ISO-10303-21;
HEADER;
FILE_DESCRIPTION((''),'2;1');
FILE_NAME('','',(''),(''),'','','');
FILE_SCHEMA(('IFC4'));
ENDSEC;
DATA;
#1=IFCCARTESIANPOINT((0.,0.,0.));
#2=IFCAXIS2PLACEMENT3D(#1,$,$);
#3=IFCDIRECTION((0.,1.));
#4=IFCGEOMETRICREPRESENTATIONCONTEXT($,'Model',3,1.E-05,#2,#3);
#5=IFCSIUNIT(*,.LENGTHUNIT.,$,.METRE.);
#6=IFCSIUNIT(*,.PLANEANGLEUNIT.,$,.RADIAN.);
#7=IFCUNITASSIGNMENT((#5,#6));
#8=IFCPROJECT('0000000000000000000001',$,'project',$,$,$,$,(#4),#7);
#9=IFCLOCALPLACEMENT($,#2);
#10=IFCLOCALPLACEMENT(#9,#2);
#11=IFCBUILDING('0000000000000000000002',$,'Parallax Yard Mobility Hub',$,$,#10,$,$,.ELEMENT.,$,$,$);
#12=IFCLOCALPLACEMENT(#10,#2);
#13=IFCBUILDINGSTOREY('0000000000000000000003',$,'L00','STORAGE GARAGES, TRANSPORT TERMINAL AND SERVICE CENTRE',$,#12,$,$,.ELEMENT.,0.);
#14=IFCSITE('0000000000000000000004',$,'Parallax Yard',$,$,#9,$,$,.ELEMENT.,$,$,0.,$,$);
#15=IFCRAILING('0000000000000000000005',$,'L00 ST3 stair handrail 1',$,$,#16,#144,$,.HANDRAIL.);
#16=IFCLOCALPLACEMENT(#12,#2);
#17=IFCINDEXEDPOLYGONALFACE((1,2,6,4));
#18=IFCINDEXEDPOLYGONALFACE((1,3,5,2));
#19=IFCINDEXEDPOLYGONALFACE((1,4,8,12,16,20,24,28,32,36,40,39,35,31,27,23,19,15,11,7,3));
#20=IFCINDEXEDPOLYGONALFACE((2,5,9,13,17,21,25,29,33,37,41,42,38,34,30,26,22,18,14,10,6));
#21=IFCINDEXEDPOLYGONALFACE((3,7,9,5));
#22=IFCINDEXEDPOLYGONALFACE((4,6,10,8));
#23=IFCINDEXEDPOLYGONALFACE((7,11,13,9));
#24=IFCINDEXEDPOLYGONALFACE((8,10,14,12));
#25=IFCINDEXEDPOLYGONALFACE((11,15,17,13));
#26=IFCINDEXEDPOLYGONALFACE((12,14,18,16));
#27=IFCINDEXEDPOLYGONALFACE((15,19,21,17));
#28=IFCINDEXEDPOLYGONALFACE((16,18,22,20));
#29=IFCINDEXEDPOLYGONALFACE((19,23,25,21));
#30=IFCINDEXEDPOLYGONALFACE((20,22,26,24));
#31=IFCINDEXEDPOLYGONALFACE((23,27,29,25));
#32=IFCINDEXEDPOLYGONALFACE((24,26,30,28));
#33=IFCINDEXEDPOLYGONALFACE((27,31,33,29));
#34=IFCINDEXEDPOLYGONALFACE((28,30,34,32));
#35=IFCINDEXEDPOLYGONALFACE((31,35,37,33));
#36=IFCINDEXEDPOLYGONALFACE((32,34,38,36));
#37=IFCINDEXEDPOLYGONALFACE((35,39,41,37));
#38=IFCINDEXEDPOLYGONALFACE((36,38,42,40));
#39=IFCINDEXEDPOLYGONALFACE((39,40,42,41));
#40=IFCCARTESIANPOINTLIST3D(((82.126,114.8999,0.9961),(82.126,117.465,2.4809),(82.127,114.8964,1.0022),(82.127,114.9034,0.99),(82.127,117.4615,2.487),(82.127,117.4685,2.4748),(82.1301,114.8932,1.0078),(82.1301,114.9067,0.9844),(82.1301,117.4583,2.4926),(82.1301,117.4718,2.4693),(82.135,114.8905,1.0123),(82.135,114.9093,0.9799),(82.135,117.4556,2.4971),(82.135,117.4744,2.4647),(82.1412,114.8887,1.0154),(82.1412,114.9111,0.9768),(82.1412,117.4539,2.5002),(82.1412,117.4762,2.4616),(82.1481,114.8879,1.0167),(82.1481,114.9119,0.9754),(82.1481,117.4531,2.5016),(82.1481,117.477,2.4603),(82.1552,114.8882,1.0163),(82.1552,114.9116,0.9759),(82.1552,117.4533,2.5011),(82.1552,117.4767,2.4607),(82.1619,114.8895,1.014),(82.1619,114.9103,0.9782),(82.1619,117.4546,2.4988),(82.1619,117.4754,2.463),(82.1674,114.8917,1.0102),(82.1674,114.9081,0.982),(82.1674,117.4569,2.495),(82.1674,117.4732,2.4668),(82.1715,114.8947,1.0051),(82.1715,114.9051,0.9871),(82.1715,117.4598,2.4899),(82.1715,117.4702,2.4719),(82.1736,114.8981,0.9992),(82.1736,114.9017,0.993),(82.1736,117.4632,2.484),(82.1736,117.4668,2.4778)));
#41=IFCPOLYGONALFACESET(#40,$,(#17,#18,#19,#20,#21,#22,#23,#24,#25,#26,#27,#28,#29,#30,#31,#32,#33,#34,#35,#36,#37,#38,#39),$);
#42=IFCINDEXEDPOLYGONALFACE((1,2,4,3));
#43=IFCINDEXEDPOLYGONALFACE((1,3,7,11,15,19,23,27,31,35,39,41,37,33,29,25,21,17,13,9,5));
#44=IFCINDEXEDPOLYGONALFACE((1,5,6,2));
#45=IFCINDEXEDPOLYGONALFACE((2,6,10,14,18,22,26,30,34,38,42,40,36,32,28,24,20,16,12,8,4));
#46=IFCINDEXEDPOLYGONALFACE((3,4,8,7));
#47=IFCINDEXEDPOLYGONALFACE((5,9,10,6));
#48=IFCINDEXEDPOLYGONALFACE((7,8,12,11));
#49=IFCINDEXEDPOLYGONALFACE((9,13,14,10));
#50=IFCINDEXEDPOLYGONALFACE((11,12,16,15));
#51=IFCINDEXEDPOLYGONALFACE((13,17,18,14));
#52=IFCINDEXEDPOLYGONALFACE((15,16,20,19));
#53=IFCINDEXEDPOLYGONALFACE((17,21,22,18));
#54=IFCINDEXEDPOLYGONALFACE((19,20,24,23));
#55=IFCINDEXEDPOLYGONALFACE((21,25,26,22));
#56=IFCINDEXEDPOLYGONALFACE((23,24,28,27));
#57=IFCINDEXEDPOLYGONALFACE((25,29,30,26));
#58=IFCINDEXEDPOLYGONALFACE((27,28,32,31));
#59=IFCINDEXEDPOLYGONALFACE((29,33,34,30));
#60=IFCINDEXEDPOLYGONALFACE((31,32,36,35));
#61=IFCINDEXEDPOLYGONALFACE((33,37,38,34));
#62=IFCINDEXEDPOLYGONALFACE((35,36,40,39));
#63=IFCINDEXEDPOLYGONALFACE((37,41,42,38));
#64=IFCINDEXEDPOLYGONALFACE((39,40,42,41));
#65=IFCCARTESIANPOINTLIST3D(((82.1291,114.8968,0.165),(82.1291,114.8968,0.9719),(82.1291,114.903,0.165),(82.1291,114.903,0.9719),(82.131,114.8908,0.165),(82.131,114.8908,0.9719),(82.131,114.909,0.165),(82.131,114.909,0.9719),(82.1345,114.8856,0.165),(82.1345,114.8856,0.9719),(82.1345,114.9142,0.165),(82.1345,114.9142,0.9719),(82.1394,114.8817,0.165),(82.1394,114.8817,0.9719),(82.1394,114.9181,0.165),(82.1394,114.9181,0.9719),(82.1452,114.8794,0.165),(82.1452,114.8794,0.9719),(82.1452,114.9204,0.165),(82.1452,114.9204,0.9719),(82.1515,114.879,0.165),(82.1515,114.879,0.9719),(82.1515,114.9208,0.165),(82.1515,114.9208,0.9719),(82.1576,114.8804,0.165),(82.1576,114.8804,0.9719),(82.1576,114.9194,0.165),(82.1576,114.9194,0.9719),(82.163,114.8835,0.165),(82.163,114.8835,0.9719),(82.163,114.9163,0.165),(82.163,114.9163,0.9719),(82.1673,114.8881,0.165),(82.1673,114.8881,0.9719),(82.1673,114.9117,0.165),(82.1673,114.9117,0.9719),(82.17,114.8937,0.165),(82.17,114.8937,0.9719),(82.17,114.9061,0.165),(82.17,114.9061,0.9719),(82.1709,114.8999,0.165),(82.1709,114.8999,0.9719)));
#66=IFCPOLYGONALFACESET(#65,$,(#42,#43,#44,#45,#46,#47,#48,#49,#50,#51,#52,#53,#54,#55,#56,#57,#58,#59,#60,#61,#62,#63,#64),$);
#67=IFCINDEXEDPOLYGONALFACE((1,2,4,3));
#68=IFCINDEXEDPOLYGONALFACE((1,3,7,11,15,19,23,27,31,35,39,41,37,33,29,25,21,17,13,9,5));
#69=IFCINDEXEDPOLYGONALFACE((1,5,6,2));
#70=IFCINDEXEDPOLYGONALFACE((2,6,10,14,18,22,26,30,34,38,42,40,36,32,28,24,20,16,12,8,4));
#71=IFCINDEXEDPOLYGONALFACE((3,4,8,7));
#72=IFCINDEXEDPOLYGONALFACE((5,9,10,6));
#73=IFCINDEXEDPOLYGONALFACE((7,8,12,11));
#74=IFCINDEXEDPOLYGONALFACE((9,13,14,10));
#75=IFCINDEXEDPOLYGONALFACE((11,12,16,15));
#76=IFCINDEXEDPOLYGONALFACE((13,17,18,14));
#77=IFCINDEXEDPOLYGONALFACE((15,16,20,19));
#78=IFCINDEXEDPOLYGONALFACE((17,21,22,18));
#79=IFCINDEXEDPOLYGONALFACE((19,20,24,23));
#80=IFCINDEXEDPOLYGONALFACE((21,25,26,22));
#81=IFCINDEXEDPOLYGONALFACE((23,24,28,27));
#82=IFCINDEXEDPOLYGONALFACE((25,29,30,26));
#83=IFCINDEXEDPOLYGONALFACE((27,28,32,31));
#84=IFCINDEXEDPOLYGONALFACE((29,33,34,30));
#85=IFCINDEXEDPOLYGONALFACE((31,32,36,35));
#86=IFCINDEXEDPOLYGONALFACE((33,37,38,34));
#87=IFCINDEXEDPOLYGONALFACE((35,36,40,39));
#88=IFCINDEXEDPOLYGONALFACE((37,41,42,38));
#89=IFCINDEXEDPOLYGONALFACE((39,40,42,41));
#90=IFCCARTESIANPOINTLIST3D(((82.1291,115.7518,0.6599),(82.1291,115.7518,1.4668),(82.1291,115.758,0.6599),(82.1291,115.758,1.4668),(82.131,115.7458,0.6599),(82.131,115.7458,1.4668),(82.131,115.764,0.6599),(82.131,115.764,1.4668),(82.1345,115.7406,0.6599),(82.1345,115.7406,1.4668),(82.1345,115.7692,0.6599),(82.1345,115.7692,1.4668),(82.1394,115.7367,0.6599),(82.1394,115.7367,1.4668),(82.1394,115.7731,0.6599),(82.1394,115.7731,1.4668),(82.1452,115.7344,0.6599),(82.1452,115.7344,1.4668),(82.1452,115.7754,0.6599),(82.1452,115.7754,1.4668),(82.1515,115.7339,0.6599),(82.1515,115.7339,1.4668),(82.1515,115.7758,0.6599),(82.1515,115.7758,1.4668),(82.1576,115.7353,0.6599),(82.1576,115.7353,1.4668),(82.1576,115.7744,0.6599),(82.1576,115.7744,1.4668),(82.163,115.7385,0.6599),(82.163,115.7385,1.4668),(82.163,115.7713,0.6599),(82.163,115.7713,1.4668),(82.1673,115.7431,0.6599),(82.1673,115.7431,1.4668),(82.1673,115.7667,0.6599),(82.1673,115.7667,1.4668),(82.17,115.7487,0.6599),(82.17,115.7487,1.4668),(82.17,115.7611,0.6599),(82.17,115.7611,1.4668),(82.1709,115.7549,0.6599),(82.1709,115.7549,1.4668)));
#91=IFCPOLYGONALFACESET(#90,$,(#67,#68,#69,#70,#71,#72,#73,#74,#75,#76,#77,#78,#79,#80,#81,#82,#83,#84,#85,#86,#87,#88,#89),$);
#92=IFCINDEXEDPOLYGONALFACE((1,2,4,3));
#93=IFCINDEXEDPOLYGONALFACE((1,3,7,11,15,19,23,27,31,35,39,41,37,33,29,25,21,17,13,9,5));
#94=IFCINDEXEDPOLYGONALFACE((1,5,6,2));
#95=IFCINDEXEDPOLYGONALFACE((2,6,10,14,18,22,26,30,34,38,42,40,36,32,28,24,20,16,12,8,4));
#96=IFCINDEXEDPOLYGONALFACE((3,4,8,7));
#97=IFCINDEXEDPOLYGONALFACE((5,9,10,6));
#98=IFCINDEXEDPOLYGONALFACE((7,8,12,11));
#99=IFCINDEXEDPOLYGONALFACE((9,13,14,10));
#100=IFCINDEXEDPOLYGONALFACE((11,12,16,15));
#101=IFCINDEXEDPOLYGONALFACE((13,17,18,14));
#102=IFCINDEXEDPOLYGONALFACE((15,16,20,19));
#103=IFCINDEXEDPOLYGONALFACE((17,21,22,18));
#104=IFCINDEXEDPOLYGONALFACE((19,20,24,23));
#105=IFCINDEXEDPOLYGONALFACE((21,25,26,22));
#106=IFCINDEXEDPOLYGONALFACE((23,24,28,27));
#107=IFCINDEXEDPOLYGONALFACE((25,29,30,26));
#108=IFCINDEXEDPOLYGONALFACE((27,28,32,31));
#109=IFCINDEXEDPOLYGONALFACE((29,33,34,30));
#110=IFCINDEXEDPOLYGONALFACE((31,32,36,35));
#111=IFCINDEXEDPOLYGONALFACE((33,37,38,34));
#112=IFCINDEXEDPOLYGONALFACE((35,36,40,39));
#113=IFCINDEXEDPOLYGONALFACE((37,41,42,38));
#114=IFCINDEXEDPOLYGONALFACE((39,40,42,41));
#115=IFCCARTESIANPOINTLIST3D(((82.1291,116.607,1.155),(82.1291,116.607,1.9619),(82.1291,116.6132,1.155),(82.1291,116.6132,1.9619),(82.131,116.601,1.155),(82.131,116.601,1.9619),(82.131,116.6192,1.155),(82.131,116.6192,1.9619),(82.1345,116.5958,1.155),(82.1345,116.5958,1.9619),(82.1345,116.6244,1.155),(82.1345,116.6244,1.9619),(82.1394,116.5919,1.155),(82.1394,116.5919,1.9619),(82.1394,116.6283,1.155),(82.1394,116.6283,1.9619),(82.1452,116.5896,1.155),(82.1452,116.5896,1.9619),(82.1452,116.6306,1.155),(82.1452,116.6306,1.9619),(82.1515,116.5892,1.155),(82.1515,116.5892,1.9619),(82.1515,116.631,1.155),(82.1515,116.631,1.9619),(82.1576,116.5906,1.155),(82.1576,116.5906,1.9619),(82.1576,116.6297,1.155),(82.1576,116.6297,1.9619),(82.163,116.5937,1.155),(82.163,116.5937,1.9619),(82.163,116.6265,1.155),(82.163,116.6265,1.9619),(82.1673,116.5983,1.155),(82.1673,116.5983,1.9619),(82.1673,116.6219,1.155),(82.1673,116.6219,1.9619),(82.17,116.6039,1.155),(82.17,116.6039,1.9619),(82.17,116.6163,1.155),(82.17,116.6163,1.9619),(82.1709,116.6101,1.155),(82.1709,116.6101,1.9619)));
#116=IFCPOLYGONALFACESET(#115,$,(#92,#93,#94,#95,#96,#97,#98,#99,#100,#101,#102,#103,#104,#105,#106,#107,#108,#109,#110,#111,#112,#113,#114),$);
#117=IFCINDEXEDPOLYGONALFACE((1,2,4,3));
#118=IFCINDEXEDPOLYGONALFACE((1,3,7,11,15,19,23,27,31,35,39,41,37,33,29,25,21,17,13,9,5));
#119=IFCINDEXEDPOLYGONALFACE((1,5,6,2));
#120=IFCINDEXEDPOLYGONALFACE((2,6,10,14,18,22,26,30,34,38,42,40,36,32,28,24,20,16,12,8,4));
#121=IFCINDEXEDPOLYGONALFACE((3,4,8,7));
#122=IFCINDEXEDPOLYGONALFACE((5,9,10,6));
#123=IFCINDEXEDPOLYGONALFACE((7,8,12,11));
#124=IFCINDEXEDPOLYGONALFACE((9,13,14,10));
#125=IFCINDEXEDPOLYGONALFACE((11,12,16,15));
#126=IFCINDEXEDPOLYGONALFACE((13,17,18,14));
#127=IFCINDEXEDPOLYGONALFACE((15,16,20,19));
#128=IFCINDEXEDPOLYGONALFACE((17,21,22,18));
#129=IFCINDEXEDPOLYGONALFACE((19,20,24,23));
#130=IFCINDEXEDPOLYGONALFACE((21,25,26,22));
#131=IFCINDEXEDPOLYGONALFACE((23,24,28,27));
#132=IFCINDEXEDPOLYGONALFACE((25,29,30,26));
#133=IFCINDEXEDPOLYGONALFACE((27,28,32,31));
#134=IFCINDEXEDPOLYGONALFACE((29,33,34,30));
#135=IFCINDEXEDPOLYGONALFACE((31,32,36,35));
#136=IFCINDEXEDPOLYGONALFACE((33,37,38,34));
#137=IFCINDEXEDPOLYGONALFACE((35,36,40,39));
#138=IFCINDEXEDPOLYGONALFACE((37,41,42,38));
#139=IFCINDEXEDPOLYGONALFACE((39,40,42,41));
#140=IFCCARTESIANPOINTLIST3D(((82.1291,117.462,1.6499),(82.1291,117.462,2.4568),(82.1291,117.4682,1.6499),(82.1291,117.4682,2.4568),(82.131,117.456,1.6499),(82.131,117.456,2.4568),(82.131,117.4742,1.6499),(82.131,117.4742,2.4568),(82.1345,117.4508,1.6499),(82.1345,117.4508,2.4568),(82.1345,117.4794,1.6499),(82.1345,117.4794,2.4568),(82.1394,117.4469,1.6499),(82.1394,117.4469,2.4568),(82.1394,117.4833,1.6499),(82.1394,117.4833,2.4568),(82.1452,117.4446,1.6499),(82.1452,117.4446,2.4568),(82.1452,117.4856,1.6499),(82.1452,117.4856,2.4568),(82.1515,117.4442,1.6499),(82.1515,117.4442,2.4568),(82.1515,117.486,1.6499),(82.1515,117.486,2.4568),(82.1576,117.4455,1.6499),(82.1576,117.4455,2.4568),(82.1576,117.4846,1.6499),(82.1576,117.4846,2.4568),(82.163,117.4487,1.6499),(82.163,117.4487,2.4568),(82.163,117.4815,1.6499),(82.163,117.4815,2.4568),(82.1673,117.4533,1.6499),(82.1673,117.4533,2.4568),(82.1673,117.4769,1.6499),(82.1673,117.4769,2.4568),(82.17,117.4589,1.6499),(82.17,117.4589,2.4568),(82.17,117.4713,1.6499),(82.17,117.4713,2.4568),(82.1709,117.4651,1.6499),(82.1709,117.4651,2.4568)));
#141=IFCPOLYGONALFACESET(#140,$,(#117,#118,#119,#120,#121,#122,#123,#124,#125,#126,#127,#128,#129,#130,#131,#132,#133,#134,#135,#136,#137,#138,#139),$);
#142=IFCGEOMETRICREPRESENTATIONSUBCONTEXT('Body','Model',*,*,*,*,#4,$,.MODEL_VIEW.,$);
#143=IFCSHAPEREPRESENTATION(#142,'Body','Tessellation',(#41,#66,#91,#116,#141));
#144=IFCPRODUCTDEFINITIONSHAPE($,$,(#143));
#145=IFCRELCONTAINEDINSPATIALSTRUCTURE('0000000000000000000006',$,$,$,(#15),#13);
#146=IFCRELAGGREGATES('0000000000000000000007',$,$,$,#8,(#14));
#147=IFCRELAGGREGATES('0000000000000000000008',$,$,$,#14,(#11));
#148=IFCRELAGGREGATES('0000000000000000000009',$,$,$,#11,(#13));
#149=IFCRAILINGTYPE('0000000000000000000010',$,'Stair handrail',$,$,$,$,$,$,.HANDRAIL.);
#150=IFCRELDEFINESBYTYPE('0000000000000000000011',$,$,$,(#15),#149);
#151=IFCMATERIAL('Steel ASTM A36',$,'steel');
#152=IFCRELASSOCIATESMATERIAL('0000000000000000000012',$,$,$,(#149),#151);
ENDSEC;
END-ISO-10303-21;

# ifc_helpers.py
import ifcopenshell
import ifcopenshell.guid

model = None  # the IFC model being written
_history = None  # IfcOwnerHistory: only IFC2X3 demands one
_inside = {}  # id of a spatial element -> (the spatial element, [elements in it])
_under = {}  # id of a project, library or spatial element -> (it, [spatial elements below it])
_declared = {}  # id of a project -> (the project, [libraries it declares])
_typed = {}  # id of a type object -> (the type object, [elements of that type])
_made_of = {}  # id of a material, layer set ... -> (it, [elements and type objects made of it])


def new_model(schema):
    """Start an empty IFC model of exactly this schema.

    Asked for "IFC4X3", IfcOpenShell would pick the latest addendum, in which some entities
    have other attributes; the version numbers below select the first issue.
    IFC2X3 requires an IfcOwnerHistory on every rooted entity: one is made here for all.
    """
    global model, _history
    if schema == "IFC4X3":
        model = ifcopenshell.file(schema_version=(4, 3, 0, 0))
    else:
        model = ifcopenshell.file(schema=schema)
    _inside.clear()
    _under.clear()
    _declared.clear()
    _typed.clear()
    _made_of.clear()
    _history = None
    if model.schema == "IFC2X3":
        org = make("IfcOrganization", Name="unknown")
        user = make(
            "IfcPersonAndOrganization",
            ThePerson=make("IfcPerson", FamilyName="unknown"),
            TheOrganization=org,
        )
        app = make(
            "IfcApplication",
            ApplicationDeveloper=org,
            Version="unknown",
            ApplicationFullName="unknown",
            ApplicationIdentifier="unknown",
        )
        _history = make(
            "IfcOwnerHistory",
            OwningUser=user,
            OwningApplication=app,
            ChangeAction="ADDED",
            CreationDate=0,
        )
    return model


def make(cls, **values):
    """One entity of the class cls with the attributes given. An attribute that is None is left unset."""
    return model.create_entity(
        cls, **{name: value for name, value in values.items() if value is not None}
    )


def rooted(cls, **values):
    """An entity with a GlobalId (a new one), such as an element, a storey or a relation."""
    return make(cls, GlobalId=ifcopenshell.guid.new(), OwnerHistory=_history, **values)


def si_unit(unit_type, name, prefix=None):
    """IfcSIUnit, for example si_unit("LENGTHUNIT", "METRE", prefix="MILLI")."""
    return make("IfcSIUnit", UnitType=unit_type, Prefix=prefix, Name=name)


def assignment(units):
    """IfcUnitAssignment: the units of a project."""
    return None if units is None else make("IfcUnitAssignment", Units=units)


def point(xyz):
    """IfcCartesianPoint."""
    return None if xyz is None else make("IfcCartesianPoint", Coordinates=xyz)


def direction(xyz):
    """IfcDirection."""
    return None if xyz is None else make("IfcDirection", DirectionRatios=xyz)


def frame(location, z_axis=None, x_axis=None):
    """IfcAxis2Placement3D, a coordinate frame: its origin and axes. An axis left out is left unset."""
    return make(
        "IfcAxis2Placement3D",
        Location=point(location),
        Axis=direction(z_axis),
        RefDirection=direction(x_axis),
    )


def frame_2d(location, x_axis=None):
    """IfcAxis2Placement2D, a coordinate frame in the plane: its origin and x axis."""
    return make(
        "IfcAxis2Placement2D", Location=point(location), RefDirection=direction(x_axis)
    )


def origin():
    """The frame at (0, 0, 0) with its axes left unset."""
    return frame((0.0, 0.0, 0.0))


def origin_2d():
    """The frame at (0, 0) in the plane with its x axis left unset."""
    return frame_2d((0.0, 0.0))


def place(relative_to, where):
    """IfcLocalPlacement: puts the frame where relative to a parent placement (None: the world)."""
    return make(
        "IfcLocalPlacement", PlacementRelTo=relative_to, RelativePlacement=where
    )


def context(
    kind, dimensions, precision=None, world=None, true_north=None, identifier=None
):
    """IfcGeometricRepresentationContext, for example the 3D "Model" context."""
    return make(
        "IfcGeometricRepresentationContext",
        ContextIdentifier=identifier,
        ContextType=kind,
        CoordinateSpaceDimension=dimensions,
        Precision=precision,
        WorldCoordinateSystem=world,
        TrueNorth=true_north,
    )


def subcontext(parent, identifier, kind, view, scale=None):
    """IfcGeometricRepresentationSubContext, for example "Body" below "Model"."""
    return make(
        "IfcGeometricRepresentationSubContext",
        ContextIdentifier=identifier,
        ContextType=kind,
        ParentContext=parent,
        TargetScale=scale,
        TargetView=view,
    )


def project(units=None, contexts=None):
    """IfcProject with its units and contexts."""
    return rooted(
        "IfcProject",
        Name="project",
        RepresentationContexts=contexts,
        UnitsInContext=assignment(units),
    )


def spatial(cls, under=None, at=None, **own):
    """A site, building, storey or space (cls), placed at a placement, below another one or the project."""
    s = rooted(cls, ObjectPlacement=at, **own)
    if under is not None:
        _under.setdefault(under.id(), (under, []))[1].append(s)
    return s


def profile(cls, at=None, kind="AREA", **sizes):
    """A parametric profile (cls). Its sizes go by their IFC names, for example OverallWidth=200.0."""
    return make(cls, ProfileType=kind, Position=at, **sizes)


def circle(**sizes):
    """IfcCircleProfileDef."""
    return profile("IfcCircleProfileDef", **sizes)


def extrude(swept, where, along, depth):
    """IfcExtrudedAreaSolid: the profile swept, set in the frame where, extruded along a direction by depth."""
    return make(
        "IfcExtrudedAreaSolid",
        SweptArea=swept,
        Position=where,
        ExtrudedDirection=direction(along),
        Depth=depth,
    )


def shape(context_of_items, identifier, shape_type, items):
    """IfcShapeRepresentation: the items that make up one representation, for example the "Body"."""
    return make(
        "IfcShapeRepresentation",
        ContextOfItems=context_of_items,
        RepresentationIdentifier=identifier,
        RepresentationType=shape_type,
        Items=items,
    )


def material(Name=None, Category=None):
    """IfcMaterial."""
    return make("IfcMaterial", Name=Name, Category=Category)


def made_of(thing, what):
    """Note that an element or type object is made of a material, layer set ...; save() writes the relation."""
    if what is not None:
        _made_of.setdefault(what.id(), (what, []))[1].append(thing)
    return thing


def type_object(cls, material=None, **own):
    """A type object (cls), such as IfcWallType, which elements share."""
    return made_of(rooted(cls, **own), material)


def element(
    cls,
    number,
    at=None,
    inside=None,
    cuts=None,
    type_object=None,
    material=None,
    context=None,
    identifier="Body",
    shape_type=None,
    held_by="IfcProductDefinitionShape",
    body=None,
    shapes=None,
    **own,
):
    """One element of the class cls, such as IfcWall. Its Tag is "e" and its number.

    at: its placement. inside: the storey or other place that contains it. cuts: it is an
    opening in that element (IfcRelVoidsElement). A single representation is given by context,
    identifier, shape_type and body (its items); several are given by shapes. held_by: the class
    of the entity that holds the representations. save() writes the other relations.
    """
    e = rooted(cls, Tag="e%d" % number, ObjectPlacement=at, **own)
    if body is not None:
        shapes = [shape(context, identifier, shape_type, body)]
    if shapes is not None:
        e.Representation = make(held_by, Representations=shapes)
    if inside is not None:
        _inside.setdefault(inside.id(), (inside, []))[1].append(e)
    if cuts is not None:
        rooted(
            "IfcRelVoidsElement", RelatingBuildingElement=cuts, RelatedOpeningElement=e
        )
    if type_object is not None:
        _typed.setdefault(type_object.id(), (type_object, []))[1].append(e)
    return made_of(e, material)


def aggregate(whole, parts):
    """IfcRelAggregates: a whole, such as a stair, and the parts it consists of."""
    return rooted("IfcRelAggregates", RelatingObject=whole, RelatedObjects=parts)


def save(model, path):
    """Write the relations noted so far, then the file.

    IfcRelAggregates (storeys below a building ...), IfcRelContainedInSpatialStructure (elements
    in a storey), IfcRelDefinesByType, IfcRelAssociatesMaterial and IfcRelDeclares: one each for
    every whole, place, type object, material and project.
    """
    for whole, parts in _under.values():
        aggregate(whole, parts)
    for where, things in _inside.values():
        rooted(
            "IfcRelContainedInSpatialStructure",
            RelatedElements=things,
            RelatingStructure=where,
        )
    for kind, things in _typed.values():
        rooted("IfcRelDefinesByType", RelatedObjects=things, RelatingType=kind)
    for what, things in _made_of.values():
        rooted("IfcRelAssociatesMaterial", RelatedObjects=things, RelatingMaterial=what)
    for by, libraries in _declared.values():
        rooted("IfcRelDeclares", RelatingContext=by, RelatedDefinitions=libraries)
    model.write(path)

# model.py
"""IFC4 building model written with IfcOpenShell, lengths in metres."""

from ifc_helpers import new_model, si_unit, direction, frame, origin, origin_2d, place, context, subcontext, project, spatial, circle, extrude, material, type_object, element, save


model = new_model("IFC4")

# Units and contexts
model_context = context("Model", 3, precision=1e-05, world=origin(), true_north=direction((0.0, 1.0)))
body_context = subcontext(model_context, "Body", "Model", "MODEL_VIEW")
ifc_project = project(units=[si_unit("LENGTHUNIT", "METRE"), si_unit("PLANEANGLEUNIT", "RADIAN")], contexts=[model_context])

# Site, building, storey
site_placement = place(None, origin())
site = spatial("IfcSite", under=ifc_project, at=site_placement, Name="Parallax Yard", CompositionType="ELEMENT", RefElevation=0.0)
building_placement = place(site_placement, origin())
building = spatial("IfcBuilding", under=site, at=building_placement, Name="Parallax Yard Mobility Hub", CompositionType="ELEMENT")
storey_placement = place(building_placement, origin())
storey = spatial("IfcBuildingStorey", under=building, at=storey_placement, Name="L00", Description="STORAGE GARAGES, TRANSPORT TERMINAL AND SERVICE CENTRE", CompositionType="ELEMENT", Elevation=0.0)

# Railing
ifc_material_1 = material(Name="Steel ASTM A36", Category="steel")
railing_type_1 = type_object("IfcRailingType", Name="Stair handrail", PredefinedType="HANDRAIL", material=ifc_material_1)
railing_1_placement = place(storey_placement, frame((82.1499, 114.8999, 0.165)))
element("IfcRailing", 1, at=railing_1_placement, inside=storey, type_object=railing_type_1, Name="L00 ST3 stair handrail 1", PredefinedType="HANDRAIL", context=body_context, shape_type="SweptSolid", body=[
    extrude(circle(Radius=0.0239, at=origin_2d()), frame((0.0, 0.0, 0.8311), z_axis=(0.0, 0.865462, 0.500975), x_axis=(-1.0, 0.0, 0.0)), (0.0, 0.0, 1.0), 2.9639),
    extrude(circle(Radius=0.021, at=origin_2d()), origin(), (0.0, 0.0, 1.0), 0.8069),
    extrude(circle(Radius=0.021, at=origin_2d()), frame((0.0, 0.855, 0.4949)), (0.0, 0.0, 1.0), 0.8069),
    extrude(circle(Radius=0.021, at=origin_2d()), frame((0.0, 1.7102, 0.99)), (0.0, 0.0, 1.0), 0.8069),
    extrude(circle(Radius=0.021, at=origin_2d()), frame((0.0, 2.5652, 1.4849)), (0.0, 0.0, 1.0), 0.8069),
])

save(model, "model.ifc")
